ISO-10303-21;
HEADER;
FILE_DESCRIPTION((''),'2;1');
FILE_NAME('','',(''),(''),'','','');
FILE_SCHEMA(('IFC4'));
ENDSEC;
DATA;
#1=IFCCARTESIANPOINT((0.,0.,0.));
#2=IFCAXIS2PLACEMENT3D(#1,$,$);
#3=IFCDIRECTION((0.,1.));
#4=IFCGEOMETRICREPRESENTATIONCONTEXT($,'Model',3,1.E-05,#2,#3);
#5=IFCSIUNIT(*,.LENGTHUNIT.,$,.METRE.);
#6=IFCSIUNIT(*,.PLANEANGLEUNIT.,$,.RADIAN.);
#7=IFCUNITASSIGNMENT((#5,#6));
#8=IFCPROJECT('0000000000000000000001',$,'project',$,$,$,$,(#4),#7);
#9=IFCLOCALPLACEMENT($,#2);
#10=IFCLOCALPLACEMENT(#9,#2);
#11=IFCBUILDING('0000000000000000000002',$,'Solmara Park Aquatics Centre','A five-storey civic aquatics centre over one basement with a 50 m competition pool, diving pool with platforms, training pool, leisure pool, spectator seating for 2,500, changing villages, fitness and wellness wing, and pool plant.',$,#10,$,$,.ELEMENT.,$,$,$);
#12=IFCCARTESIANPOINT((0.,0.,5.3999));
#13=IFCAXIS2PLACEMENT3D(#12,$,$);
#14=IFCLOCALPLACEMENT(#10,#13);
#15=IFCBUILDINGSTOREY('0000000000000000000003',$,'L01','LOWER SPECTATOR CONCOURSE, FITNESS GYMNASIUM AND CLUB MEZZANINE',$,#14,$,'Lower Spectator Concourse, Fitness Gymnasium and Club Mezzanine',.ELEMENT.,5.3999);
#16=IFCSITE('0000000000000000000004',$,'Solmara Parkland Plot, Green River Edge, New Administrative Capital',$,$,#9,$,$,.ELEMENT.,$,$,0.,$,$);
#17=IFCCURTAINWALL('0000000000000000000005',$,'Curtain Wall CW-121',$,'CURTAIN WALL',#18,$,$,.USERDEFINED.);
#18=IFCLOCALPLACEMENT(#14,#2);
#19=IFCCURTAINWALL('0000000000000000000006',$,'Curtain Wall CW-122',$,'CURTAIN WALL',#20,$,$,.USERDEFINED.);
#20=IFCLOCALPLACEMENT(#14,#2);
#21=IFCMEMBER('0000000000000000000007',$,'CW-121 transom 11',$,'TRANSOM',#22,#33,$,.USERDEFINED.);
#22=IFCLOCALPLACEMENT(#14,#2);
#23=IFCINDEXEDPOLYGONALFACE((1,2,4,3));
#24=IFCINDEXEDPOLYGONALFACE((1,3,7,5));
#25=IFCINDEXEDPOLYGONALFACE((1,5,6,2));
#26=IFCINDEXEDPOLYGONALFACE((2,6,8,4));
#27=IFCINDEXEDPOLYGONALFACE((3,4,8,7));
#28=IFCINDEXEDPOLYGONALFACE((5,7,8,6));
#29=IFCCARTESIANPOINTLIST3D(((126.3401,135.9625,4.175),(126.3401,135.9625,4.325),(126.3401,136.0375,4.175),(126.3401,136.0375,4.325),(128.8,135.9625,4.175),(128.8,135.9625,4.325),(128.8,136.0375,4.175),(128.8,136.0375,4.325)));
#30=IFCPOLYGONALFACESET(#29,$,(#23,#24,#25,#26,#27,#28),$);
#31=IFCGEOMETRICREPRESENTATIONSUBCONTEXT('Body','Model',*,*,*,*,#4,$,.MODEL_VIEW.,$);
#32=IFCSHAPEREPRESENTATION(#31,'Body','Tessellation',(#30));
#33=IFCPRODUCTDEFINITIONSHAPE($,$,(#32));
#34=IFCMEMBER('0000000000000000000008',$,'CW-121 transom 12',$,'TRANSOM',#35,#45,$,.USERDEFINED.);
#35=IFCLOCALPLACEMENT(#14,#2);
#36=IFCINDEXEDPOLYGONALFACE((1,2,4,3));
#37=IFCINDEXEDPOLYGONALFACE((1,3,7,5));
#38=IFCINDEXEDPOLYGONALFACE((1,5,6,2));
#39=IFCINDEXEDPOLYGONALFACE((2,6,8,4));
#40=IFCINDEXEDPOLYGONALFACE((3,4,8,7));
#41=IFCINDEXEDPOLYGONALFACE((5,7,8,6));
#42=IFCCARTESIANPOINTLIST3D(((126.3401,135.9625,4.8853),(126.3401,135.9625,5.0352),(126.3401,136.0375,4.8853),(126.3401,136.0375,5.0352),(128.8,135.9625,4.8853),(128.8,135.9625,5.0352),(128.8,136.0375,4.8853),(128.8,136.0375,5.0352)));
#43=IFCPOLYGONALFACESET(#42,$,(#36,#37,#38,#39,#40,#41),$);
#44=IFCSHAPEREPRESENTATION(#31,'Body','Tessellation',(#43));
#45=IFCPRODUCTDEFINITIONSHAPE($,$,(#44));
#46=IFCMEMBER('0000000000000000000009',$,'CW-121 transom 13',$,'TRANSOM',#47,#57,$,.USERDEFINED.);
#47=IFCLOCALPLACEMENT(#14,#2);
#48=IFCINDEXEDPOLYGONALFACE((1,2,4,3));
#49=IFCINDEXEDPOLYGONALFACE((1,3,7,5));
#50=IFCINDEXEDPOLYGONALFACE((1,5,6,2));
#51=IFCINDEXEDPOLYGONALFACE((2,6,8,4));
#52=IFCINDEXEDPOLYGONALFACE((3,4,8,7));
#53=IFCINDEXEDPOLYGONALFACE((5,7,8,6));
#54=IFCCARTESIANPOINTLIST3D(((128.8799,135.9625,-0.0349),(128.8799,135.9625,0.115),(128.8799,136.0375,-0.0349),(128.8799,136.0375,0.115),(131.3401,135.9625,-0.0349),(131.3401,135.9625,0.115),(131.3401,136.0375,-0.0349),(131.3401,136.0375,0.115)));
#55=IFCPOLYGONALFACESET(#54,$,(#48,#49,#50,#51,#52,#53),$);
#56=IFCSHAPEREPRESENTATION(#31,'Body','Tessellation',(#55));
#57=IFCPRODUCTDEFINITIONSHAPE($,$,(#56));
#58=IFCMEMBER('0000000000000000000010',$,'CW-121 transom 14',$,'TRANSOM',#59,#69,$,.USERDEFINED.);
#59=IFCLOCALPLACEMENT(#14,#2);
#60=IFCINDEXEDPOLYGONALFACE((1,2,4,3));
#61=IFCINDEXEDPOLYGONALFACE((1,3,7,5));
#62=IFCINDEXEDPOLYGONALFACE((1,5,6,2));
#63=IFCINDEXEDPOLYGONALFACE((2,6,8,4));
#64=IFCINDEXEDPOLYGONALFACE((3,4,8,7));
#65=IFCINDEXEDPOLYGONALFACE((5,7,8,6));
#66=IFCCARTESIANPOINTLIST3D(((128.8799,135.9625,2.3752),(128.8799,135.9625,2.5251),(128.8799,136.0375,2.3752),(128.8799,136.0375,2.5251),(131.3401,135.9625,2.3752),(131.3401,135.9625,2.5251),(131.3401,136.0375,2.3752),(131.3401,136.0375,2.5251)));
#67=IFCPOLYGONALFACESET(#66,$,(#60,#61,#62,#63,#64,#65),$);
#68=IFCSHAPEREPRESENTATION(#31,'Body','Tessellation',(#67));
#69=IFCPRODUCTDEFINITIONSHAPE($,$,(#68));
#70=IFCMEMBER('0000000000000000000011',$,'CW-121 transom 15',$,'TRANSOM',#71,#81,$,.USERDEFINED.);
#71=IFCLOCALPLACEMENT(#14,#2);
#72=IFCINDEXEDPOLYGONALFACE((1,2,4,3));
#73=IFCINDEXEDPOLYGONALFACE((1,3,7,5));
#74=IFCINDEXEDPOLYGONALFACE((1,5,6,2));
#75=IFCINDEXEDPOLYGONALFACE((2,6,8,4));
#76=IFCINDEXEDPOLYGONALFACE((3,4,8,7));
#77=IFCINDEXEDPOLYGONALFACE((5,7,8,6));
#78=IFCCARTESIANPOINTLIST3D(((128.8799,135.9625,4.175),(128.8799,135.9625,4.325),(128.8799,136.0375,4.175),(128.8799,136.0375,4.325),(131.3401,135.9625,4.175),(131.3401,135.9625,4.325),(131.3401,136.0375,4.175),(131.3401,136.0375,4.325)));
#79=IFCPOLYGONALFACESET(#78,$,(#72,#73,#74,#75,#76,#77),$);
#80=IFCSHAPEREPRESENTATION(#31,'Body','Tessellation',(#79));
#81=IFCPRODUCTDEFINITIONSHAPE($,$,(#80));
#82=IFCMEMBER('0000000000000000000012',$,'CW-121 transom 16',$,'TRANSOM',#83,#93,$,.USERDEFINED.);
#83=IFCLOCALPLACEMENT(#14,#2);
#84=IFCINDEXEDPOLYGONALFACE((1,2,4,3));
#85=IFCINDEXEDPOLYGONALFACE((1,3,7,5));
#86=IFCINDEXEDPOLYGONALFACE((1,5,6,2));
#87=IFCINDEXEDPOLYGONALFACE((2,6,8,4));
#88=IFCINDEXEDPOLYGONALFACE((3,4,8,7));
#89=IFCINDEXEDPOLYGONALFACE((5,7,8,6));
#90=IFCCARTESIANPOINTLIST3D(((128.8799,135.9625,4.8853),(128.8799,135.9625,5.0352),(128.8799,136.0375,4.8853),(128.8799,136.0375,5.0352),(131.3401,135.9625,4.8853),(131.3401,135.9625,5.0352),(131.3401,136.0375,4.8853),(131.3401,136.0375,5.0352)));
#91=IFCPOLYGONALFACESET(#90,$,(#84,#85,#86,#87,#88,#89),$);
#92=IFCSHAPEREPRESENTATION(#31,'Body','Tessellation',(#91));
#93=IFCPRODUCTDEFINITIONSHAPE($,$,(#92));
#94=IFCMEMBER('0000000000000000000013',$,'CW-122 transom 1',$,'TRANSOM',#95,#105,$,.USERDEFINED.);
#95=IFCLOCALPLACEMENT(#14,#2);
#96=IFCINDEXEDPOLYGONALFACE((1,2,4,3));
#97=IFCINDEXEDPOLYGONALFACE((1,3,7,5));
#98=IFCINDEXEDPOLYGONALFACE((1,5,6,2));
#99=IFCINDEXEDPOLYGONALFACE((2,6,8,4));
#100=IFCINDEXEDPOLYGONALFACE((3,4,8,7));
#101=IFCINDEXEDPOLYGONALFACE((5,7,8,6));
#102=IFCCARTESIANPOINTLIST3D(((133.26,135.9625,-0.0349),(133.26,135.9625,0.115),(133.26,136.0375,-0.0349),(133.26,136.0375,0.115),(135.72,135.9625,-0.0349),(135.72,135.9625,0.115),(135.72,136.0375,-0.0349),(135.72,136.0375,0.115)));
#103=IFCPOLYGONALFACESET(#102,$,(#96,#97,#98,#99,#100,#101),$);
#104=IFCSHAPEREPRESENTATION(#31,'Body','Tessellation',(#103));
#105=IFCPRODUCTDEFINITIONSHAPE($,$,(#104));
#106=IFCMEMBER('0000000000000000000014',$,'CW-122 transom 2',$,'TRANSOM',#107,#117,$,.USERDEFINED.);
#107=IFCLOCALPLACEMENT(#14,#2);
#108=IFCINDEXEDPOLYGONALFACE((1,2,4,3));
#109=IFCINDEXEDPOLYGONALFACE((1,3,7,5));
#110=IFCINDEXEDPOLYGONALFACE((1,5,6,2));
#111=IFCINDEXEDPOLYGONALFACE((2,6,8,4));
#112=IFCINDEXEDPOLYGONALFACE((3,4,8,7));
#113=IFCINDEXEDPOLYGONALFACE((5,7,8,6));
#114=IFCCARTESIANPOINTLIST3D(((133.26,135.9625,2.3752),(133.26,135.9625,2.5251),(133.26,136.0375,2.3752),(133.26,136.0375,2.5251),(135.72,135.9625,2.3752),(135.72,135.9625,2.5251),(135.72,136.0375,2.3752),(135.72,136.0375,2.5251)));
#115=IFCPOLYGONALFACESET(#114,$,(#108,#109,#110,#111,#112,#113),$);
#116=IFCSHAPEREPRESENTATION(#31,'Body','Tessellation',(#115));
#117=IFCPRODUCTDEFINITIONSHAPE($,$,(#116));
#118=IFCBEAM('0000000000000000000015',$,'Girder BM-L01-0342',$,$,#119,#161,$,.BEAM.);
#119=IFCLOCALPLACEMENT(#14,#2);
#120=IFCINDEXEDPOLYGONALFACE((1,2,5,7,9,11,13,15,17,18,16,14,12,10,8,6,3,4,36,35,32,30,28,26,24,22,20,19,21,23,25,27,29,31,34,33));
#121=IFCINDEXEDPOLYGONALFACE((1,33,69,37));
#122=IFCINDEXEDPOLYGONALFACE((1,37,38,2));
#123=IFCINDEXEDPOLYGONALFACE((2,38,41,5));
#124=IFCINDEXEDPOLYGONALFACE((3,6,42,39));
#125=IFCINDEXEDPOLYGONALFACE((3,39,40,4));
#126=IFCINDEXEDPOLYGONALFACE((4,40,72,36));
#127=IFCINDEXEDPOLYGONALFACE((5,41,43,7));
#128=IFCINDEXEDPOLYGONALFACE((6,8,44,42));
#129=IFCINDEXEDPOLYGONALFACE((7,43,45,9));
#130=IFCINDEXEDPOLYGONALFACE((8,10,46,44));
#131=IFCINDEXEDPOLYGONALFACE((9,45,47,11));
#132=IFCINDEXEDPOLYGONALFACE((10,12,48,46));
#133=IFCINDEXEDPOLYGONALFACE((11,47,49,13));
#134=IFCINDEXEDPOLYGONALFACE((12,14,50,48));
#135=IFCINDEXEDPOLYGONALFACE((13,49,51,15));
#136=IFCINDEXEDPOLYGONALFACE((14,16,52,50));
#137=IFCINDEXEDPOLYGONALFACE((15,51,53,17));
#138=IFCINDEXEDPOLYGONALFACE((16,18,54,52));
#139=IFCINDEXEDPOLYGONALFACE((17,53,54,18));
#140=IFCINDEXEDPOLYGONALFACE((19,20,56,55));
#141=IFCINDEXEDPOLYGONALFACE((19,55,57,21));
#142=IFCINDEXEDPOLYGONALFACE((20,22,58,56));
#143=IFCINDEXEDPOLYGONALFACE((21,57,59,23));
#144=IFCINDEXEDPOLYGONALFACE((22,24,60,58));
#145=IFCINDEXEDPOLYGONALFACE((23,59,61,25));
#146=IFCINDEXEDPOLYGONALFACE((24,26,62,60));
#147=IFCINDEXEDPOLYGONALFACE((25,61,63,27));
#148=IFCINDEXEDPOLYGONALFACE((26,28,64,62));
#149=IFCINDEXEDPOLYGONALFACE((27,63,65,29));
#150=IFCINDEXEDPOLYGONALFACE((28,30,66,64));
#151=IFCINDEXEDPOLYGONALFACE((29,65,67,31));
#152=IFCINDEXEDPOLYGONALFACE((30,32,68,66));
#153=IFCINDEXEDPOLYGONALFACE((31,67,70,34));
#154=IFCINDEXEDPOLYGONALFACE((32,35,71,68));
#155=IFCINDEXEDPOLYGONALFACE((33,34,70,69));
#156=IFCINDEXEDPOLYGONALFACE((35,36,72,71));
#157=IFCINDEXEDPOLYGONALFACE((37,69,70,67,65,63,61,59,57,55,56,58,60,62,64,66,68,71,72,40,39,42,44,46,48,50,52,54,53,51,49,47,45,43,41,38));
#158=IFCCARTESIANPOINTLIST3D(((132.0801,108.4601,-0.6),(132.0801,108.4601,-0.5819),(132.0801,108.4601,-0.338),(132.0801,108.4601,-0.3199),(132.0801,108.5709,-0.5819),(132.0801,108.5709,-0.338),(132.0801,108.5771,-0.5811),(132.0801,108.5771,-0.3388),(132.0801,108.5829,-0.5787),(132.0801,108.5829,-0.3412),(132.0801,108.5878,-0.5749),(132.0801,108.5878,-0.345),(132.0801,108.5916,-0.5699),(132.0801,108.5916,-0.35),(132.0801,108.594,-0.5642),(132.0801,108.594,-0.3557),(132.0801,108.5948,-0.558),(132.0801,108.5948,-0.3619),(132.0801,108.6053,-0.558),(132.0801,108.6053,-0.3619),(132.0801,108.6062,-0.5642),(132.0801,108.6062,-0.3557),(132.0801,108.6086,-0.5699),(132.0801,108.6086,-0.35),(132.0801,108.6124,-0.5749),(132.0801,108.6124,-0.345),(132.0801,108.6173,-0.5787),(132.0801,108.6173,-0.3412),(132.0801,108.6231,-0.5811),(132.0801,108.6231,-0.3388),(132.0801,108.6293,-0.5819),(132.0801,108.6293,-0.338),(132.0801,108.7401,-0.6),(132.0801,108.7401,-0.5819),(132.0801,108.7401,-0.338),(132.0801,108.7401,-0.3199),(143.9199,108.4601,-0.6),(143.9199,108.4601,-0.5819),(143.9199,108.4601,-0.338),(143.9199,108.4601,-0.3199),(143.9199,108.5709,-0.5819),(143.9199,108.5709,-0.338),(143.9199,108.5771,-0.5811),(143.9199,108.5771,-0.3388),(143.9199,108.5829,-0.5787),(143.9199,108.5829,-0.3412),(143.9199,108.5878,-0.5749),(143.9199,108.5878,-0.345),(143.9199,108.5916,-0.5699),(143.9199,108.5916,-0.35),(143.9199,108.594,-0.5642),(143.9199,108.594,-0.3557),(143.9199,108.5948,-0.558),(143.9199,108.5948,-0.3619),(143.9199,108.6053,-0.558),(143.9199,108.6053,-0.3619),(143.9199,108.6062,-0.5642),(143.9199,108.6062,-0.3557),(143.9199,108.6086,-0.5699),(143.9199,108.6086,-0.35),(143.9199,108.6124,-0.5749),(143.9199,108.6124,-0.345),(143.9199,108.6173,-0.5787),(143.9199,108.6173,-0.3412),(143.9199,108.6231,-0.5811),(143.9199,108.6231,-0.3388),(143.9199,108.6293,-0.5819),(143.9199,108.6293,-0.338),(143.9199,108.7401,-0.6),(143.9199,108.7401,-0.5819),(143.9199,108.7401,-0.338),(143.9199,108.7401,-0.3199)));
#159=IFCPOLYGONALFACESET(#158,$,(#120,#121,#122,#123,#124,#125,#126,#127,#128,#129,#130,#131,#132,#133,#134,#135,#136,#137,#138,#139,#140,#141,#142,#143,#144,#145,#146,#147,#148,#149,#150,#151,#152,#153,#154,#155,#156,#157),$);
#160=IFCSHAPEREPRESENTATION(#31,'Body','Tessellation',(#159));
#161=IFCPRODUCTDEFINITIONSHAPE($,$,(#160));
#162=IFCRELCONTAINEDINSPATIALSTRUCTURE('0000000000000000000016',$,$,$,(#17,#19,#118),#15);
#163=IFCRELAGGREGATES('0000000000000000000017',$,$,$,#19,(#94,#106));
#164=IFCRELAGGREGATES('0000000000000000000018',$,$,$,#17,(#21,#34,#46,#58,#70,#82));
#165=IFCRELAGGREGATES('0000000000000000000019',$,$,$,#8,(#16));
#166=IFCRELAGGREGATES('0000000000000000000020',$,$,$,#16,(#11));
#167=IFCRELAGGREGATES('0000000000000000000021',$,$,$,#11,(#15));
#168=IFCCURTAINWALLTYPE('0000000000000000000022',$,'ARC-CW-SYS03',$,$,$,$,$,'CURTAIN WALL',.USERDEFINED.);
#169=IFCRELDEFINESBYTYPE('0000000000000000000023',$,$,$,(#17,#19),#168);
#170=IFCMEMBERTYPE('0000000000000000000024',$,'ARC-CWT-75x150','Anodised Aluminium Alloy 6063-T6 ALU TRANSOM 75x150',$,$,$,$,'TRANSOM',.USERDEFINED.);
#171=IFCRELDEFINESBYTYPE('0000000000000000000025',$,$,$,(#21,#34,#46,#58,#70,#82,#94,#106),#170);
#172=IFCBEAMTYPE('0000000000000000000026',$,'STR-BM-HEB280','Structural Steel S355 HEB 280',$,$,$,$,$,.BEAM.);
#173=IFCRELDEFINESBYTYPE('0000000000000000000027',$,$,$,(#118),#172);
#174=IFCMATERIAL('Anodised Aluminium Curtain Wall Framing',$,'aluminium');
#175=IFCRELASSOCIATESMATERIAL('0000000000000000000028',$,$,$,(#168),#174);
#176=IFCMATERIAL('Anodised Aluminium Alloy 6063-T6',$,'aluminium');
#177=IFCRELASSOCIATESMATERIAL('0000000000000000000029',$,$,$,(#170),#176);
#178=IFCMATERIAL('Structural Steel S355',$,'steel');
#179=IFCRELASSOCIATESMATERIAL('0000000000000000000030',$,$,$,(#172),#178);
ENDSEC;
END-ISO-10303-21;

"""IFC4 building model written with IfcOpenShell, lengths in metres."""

from ifc_helpers import new_model, si_unit, direction, frame, origin, origin_2d, place, context, subcontext, project, spatial, rectangle, i_section, extrude, material, material_profile, profile_set, type_object, element, aggregate, save


model = new_model("IFC4")

# Units and contexts
model_context = context("Model", 3, precision=1e-05, world=origin(), true_north=direction((0.0, 1.0)))
body_context = subcontext(model_context, "Body", "Model", "MODEL_VIEW")
ifc_project = project(units=[si_unit("LENGTHUNIT", "METRE"), si_unit("PLANEANGLEUNIT", "RADIAN")], contexts=[model_context])

# Site, building, storey
site_placement = place(None, origin())
site = spatial("IfcSite", under=ifc_project, at=site_placement, Name="Solmara Parkland Plot, Green River Edge, New Administrative Capital", CompositionType="ELEMENT", RefElevation=0.0)
building_placement = place(site_placement, origin())
building = spatial("IfcBuilding", under=site, at=building_placement, Name="Solmara Park Aquatics Centre", Description="A five-storey civic aquatics centre over one basement with a 50 m competition pool, diving pool with platforms, training pool, leisure pool, spectator seating for 2,500, changing villages, fitness and wellness wing, and pool plant.", CompositionType="ELEMENT")
storey_placement = place(building_placement, frame((0.0, 0.0, 5.3999)))
storey = spatial("IfcBuildingStorey", under=building, at=storey_placement, Name="L01", Description="LOWER SPECTATOR CONCOURSE, FITNESS GYMNASIUM AND CLUB MEZZANINE", LongName="Lower Spectator Concourse, Fitness Gymnasium and Club Mezzanine", CompositionType="ELEMENT", Elevation=5.3999)

# Shared definitions
ifc_material_1 = material(Name="Structural Steel S355", Category="steel")

# Curtain wall
ifc_material_2 = material(Name="Anodised Aluminium Curtain Wall Framing", Category="aluminium")
curtain_wall_type = type_object("IfcCurtainWallType", Name="ARC-CW-SYS03", ElementType="CURTAIN WALL", PredefinedType="USERDEFINED", material=ifc_material_2)
curtain_wall_1_placement = place(storey_placement, origin())
curtain_wall_1 = element("IfcCurtainWall", 1, at=curtain_wall_1_placement, inside=storey, type_object=curtain_wall_type, Name="Curtain Wall CW-121", ObjectType="CURTAIN WALL", PredefinedType="USERDEFINED")
ifc_material_3 = material(Name="Anodised Aluminium Alloy 6063-T6", Category="aluminium")

# Curtain wall
curtain_wall_2_placement = place(storey_placement, origin())
curtain_wall_2 = element("IfcCurtainWall", 2, at=curtain_wall_2_placement, inside=storey, type_object=curtain_wall_type, Name="Curtain Wall CW-122", ObjectType="CURTAIN WALL", PredefinedType="USERDEFINED")

# Members
ifc_material_profile_1 = material_profile(ifc_material_3, rectangle(XDim=0.075, YDim=0.1499, at=origin_2d()), Name="ALU TRANSOM 75x150")
ifc_profile_set_1 = profile_set([ifc_material_profile_1], Name="Anodised Aluminium Alloy 6063-T6")
member_type_1 = type_object("IfcMemberType", Name="ARC-CWT-75x150", Description="Anodised Aluminium Alloy 6063-T6 ALU TRANSOM 75x150", ElementType="TRANSOM", PredefinedType="USERDEFINED", material=ifc_profile_set_1)
member_1_placement = place(storey_placement, frame((126.3401, 136.0, 4.25), z_axis=(1.0, 0.0, 0.0), x_axis=(0.0, 1.0, 0.0)))
member_1 = element("IfcMember", 3, at=member_1_placement, type_object=member_type_1, Name="CW-121 transom 11", ObjectType="TRANSOM", PredefinedType="USERDEFINED", context=body_context, shape_type="SweptSolid", body=[
    extrude(rectangle(XDim=0.075, YDim=0.1499, at=origin_2d()), origin(), (0.0, 0.0, 1.0), 2.46),
])
member_2_placement = place(storey_placement, frame((126.3401, 136.0, 4.9602), z_axis=(1.0, 0.0, 0.0), x_axis=(0.0, 1.0, 0.0)))
member_2 = element("IfcMember", 4, at=member_2_placement, type_object=member_type_1, Name="CW-121 transom 12", ObjectType="TRANSOM", PredefinedType="USERDEFINED", context=body_context, shape_type="SweptSolid", body=[
    extrude(rectangle(XDim=0.075, YDim=0.1499, at=origin_2d()), origin(), (0.0, 0.0, 1.0), 2.46),
])
member_3_placement = place(storey_placement, frame((128.8799, 136.0, 0.04), z_axis=(1.0, 0.0, 0.0), x_axis=(0.0, 1.0, 0.0)))
member_3 = element("IfcMember", 5, at=member_3_placement, type_object=member_type_1, Name="CW-121 transom 13", ObjectType="TRANSOM", PredefinedType="USERDEFINED", context=body_context, shape_type="SweptSolid", body=[
    extrude(rectangle(XDim=0.075, YDim=0.1499, at=origin_2d()), origin(), (0.0, 0.0, 1.0), 2.4602),
])
member_4_placement = place(storey_placement, frame((128.8799, 136.0, 2.4502), z_axis=(1.0, 0.0, 0.0), x_axis=(0.0, 1.0, 0.0)))
member_4 = element("IfcMember", 6, at=member_4_placement, type_object=member_type_1, Name="CW-121 transom 14", ObjectType="TRANSOM", PredefinedType="USERDEFINED", context=body_context, shape_type="SweptSolid", body=[
    extrude(rectangle(XDim=0.075, YDim=0.1499, at=origin_2d()), origin(), (0.0, 0.0, 1.0), 2.4602),
])
member_5_placement = place(storey_placement, frame((128.8799, 136.0, 4.25), z_axis=(1.0, 0.0, 0.0), x_axis=(0.0, 1.0, 0.0)))
member_5 = element("IfcMember", 7, at=member_5_placement, type_object=member_type_1, Name="CW-121 transom 15", ObjectType="TRANSOM", PredefinedType="USERDEFINED", context=body_context, shape_type="SweptSolid", body=[
    extrude(rectangle(XDim=0.075, YDim=0.1499, at=origin_2d()), origin(), (0.0, 0.0, 1.0), 2.4602),
])
member_6_placement = place(storey_placement, frame((128.8799, 136.0, 4.9602), z_axis=(1.0, 0.0, 0.0), x_axis=(0.0, 1.0, 0.0)))
member_6 = element("IfcMember", 8, at=member_6_placement, type_object=member_type_1, Name="CW-121 transom 16", ObjectType="TRANSOM", PredefinedType="USERDEFINED", context=body_context, shape_type="SweptSolid", body=[
    extrude(rectangle(XDim=0.075, YDim=0.1499, at=origin_2d()), origin(), (0.0, 0.0, 1.0), 2.4602),
])
member_7_placement = place(storey_placement, frame((133.26, 136.0, 0.04), z_axis=(1.0, 0.0, 0.0), x_axis=(0.0, 1.0, 0.0)))
member_7 = element("IfcMember", 9, at=member_7_placement, type_object=member_type_1, Name="CW-122 transom 1", ObjectType="TRANSOM", PredefinedType="USERDEFINED", context=body_context, shape_type="SweptSolid", body=[
    extrude(rectangle(XDim=0.075, YDim=0.1499, at=origin_2d()), origin(), (0.0, 0.0, 1.0), 2.46),
])
member_8_placement = place(storey_placement, frame((133.26, 136.0, 2.4502), z_axis=(1.0, 0.0, 0.0), x_axis=(0.0, 1.0, 0.0)))
member_8 = element("IfcMember", 10, at=member_8_placement, type_object=member_type_1, Name="CW-122 transom 2", ObjectType="TRANSOM", PredefinedType="USERDEFINED", context=body_context, shape_type="SweptSolid", body=[
    extrude(rectangle(XDim=0.075, YDim=0.1499, at=origin_2d()), origin(), (0.0, 0.0, 1.0), 2.46),
])
aggregate(curtain_wall_2, [member_7, member_8])

# Beam
ifc_material_profile_2 = material_profile(ifc_material_1, i_section(OverallWidth=0.28, OverallDepth=0.28, WebThickness=0.0105, FlangeThickness=0.0181, FilletRadius=0.0239, at=origin_2d()), Name="HEB 280")
ifc_profile_set_2 = profile_set([ifc_material_profile_2], Name="Structural Steel S355")
beam_type_1 = type_object("IfcBeamType", Name="STR-BM-HEB280", Description="Structural Steel S355 HEB 280", PredefinedType="BEAM", material=ifc_profile_set_2)
beam_placement = place(storey_placement, frame((132.0801, 108.6001, -0.46), z_axis=(1.0, 0.0, 0.0), x_axis=(0.0, 1.0, 0.0)))
element("IfcBeam", 11, at=beam_placement, inside=storey, type_object=beam_type_1, Name="Girder BM-L01-0342", PredefinedType="BEAM", context=body_context, shape_type="SweptSolid", body=[
    extrude(i_section(OverallWidth=0.28, OverallDepth=0.28, WebThickness=0.0105, FlangeThickness=0.0181, FilletRadius=0.0239, at=origin_2d()), origin(), (0.0, 0.0, 1.0), 11.8398),
])

aggregate(curtain_wall_1, [member_1, member_2, member_3, member_4, member_5, member_6])

save(model, "model.ifc")
